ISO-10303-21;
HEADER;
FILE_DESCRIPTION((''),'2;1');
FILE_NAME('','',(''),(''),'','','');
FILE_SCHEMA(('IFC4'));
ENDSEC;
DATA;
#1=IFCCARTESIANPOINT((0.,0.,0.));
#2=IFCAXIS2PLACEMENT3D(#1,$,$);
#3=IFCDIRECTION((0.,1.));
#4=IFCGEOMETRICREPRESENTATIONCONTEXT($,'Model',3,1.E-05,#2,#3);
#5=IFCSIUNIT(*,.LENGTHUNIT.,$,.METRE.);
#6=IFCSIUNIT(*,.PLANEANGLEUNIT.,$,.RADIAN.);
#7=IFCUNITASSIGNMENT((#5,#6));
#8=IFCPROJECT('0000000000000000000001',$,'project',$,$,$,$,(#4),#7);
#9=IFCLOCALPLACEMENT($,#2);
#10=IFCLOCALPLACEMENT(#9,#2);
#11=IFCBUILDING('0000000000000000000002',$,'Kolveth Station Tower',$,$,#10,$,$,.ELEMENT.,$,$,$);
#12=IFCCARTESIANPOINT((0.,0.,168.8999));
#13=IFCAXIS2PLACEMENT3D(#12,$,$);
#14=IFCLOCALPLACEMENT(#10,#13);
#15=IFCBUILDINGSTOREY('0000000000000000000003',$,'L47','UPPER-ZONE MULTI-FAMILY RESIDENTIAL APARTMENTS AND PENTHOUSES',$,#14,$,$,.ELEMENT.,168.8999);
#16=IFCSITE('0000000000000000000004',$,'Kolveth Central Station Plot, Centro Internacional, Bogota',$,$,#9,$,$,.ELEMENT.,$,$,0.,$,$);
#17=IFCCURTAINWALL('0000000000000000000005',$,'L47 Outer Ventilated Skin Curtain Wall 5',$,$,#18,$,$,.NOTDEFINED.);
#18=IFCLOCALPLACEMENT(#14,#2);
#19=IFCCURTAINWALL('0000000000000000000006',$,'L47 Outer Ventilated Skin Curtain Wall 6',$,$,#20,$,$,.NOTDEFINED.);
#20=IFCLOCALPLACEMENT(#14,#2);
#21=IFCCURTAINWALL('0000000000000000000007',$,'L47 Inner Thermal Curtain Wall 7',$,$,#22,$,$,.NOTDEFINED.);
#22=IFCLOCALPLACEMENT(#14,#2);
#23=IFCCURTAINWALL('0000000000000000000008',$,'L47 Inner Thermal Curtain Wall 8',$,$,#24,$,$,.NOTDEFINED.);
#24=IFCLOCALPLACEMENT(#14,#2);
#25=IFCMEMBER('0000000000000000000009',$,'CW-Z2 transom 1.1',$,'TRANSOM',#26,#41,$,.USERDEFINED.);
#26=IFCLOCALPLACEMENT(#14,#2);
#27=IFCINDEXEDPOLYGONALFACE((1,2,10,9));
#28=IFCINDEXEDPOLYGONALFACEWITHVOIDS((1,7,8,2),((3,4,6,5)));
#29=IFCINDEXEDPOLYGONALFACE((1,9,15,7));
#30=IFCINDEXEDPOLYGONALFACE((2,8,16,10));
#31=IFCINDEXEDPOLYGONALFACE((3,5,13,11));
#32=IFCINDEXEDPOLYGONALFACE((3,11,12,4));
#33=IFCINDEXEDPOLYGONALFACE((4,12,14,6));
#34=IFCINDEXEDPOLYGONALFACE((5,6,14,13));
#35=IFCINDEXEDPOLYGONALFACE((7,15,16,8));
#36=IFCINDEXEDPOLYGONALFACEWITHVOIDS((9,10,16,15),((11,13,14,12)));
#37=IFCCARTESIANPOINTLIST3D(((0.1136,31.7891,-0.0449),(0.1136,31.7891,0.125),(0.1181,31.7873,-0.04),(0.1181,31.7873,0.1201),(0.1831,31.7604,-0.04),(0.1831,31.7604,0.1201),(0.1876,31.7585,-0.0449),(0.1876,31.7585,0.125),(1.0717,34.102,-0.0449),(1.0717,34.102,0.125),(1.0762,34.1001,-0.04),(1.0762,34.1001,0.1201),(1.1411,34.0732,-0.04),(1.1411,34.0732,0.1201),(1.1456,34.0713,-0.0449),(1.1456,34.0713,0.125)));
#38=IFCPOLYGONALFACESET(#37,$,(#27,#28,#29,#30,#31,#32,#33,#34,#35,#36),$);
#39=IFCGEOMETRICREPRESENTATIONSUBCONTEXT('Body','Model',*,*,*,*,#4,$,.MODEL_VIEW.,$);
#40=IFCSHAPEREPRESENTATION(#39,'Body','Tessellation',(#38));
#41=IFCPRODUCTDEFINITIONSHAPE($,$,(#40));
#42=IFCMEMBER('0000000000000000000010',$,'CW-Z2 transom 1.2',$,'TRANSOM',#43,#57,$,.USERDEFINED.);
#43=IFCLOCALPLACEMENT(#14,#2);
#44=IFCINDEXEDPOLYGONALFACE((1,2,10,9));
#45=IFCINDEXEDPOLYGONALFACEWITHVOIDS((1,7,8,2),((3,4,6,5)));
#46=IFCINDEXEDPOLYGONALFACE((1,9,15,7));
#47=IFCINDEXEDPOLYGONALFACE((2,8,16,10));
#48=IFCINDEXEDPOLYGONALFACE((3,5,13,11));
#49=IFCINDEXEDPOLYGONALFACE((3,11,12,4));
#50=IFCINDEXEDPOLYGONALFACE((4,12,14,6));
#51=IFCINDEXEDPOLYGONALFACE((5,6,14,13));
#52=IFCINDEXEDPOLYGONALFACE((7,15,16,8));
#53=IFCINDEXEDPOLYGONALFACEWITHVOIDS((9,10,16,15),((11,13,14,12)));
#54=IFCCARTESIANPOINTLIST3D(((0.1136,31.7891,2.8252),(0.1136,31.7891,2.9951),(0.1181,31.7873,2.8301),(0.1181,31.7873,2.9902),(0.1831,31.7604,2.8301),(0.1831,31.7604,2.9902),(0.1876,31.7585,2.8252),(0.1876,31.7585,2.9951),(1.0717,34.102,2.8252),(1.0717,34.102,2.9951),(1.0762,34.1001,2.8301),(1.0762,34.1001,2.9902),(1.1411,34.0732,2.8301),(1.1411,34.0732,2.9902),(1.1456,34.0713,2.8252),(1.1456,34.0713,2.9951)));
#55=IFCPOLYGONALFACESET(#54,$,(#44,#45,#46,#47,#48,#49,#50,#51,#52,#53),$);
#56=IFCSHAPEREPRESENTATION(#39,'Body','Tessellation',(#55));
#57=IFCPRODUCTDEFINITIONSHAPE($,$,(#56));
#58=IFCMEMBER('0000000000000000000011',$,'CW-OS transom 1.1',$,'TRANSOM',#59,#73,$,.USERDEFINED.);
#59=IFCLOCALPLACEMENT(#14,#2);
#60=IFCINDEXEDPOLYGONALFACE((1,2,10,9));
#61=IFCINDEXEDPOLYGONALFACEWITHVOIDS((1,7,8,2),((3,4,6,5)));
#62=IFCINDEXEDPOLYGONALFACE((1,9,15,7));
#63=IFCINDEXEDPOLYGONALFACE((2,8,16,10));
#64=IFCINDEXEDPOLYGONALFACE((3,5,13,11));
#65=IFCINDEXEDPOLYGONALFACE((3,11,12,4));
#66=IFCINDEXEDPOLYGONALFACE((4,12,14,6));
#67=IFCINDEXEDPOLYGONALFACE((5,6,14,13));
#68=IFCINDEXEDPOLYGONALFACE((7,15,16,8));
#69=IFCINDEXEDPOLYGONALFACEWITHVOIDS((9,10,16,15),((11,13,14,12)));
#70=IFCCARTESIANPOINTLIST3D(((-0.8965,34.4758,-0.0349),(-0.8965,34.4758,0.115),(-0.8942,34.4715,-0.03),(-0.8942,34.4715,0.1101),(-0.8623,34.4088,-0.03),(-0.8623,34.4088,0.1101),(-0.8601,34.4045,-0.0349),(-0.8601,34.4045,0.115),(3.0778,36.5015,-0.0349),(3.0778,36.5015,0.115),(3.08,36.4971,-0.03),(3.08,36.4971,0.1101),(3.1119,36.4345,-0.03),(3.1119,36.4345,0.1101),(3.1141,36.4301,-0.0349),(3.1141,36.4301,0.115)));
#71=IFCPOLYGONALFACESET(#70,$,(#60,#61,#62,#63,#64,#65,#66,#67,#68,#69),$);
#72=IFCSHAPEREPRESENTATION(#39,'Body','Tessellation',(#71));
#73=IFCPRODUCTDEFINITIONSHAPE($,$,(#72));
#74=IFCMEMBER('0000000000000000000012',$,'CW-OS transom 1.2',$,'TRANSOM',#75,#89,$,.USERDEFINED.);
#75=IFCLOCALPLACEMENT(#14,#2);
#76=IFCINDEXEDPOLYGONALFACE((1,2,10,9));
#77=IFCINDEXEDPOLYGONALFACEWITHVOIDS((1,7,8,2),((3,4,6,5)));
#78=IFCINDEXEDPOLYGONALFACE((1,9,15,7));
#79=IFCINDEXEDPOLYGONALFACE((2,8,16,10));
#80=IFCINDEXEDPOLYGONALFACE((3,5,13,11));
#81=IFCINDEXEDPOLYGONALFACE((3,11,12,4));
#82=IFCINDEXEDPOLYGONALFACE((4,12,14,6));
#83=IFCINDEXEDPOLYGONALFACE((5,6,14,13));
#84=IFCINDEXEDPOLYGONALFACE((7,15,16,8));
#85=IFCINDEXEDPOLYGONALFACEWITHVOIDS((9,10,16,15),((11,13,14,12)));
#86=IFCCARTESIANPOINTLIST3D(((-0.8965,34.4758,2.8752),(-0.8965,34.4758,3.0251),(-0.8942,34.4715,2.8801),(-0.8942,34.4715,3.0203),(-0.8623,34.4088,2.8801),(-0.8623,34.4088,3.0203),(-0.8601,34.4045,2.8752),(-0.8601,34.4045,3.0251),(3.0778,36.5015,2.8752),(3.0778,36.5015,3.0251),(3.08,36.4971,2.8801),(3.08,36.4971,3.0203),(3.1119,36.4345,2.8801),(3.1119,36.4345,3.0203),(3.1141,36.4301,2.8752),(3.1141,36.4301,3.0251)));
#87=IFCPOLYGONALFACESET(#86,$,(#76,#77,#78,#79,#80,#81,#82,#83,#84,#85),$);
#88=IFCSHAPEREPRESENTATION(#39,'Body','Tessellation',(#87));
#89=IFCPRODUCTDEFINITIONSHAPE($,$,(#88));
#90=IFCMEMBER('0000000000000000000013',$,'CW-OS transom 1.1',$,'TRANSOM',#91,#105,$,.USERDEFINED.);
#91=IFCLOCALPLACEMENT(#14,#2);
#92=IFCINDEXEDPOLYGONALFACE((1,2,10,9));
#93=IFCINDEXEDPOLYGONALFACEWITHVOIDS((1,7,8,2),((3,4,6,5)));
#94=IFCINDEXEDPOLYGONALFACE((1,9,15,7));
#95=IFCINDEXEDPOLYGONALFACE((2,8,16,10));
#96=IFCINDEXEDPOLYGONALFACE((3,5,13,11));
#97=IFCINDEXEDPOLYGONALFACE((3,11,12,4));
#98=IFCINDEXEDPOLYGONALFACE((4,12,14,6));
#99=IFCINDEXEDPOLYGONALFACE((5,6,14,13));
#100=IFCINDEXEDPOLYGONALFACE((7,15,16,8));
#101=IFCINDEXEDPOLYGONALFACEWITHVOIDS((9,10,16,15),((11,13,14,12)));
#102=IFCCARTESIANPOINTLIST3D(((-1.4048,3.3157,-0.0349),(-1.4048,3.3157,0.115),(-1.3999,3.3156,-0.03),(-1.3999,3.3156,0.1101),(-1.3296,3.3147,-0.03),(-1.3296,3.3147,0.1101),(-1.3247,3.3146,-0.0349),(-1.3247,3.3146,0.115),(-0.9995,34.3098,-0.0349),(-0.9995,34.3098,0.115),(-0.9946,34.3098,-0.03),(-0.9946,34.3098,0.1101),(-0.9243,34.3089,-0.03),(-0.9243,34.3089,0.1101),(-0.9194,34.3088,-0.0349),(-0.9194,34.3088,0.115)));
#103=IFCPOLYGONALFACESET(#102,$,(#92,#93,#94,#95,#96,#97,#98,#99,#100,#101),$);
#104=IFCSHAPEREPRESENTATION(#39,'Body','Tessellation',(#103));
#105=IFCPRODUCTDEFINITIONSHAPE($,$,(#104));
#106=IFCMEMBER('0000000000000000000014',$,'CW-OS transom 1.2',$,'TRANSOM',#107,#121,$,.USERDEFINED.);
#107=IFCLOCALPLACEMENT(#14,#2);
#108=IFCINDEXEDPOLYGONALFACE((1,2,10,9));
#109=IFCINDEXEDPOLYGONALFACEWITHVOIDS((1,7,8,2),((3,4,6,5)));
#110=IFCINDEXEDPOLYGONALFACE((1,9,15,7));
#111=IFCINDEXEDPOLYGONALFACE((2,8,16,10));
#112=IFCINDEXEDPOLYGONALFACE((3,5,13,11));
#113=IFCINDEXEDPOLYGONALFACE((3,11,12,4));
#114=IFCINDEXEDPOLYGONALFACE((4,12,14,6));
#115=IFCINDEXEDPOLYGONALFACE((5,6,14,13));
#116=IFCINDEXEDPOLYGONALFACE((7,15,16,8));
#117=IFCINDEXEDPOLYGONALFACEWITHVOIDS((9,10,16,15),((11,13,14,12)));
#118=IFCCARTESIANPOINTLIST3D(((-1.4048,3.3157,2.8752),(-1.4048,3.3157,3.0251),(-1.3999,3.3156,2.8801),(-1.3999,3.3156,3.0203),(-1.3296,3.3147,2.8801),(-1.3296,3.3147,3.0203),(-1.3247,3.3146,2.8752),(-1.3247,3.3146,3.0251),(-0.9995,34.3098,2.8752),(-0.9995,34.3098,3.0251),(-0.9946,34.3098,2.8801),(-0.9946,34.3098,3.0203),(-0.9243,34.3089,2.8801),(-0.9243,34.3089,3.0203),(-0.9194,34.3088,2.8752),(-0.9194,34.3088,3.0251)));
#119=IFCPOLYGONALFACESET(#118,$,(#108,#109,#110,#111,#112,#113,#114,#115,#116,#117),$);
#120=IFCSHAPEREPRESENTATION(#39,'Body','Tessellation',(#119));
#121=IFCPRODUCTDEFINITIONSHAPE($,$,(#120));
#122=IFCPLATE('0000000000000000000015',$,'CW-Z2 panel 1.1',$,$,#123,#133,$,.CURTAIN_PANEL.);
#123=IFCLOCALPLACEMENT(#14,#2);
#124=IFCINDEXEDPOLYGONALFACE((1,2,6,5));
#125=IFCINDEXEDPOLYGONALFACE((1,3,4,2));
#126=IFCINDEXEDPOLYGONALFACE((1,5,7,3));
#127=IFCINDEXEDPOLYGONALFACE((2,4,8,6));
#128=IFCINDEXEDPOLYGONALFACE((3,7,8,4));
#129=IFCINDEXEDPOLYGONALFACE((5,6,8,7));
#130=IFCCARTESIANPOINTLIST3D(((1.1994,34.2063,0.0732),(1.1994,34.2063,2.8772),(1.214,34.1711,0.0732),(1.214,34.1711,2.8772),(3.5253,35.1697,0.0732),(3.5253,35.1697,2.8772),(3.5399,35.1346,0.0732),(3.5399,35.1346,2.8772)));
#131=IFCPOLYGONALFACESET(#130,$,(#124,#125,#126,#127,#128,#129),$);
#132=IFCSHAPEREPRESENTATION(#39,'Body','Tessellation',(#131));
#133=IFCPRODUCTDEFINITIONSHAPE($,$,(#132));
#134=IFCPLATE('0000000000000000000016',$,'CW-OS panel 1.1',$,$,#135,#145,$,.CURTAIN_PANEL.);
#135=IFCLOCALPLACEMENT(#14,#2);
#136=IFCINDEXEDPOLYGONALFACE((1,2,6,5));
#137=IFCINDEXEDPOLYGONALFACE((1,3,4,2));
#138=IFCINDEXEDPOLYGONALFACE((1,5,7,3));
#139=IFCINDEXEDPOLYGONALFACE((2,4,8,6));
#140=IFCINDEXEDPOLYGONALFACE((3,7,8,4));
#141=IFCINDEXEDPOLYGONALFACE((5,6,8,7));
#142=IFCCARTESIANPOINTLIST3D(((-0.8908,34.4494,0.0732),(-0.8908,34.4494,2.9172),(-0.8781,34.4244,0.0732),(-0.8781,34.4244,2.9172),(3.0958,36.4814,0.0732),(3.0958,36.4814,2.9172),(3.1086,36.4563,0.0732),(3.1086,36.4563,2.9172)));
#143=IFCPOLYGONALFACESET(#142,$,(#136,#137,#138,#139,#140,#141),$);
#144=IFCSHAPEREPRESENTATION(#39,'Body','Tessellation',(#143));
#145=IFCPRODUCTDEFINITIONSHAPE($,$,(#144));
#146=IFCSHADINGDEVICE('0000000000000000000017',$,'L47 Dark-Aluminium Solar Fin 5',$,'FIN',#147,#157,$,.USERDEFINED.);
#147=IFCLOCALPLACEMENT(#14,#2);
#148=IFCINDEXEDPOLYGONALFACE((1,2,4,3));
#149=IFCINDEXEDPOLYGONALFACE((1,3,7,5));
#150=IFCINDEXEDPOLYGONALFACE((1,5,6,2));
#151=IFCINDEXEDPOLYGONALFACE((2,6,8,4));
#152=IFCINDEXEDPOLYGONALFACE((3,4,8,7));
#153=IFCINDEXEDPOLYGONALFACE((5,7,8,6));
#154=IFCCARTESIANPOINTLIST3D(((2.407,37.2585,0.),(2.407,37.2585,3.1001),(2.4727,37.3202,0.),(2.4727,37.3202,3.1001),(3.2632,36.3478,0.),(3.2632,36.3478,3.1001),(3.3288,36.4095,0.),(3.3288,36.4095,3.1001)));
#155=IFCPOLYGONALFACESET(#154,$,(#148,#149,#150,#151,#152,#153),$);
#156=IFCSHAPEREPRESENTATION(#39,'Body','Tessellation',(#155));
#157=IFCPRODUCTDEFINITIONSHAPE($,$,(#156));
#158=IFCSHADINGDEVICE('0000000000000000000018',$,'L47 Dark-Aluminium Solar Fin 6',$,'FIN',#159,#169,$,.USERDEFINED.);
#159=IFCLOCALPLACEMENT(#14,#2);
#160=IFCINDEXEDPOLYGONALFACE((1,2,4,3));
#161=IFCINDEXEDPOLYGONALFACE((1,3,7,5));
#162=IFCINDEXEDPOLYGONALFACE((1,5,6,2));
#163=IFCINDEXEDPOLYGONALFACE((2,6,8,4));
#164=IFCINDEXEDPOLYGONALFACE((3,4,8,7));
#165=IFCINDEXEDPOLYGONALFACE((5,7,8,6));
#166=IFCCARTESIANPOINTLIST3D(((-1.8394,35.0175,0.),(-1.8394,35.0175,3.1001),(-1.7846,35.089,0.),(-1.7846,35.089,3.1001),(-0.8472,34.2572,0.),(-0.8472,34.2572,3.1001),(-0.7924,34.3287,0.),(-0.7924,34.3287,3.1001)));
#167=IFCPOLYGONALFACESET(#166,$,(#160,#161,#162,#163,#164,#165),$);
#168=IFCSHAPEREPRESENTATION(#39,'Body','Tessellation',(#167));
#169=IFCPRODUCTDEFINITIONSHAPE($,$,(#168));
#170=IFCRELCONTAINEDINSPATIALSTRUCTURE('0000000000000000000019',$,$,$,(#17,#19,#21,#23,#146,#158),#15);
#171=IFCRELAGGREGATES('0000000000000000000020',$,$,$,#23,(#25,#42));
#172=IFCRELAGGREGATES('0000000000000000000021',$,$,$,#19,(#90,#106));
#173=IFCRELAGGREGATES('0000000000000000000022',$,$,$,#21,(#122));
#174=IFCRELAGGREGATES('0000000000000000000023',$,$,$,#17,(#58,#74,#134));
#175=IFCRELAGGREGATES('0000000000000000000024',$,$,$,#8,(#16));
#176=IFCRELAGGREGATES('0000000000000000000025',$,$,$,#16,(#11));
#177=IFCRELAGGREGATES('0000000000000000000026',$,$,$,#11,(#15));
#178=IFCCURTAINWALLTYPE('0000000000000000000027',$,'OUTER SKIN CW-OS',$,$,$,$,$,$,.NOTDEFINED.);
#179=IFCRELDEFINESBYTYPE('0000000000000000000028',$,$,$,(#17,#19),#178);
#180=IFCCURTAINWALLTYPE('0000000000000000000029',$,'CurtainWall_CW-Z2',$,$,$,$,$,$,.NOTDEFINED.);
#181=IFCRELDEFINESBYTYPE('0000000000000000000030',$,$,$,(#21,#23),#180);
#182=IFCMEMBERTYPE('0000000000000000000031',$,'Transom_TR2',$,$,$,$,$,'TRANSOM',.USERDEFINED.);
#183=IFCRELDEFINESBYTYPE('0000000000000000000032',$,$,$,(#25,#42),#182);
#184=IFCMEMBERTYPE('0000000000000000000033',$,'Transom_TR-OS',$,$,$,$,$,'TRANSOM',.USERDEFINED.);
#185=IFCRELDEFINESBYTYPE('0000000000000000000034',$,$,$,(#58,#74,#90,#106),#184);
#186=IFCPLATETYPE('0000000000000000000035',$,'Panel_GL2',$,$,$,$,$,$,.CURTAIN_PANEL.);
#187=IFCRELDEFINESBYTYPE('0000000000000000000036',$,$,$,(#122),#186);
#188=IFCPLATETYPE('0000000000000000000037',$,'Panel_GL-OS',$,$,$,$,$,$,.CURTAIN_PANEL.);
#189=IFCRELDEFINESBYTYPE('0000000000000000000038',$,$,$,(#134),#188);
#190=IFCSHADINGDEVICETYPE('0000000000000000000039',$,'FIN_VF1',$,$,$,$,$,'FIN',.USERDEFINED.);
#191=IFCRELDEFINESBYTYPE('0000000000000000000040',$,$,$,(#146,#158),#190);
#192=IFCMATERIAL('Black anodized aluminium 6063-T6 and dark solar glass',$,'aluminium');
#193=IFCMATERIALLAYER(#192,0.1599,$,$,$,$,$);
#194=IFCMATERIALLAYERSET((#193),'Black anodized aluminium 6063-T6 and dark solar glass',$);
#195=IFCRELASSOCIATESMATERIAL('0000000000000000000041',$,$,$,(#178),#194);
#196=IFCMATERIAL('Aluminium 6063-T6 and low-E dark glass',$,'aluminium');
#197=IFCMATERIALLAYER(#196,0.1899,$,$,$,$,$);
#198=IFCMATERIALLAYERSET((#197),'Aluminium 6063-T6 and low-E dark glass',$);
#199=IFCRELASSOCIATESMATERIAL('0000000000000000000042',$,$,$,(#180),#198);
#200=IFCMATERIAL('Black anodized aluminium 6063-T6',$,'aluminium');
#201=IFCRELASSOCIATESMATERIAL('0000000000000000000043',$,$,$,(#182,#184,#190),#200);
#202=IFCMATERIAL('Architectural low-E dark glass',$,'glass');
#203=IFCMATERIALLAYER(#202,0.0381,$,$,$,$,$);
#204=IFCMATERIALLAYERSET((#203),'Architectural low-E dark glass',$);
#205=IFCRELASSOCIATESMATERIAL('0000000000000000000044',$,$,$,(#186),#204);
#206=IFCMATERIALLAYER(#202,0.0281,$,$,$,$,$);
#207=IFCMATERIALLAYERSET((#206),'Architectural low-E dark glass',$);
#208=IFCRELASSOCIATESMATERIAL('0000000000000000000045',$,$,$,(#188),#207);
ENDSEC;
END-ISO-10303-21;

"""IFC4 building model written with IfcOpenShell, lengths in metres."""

from ifc_helpers import new_model, si_unit, direction, frame, origin, origin_2d, place, context, subcontext, project, spatial, rectangle, hollow_rectangle, extrude, source, transform, mapped, material, layer, layer_set, material_profile, profile_set, type_object, element, aggregate, save


model = new_model("IFC4")

# Units and contexts
model_context = context("Model", 3, precision=1e-05, world=origin(), true_north=direction((0.0, 1.0)))
body_context = subcontext(model_context, "Body", "Model", "MODEL_VIEW")
ifc_project = project(units=[si_unit("LENGTHUNIT", "METRE"), si_unit("PLANEANGLEUNIT", "RADIAN")], contexts=[model_context])

# Site, building, storey
site_placement = place(None, origin())
site = spatial("IfcSite", under=ifc_project, at=site_placement, Name="Kolveth Central Station Plot, Centro Internacional, Bogota", CompositionType="ELEMENT", RefElevation=0.0)
building_placement = place(site_placement, origin())
building = spatial("IfcBuilding", under=site, at=building_placement, Name="Kolveth Station Tower", CompositionType="ELEMENT")
storey_placement = place(building_placement, frame((0.0, 0.0, 168.8999)))
storey = spatial("IfcBuildingStorey", under=building, at=storey_placement, Name="L47", Description="UPPER-ZONE MULTI-FAMILY RESIDENTIAL APARTMENTS AND PENTHOUSES", CompositionType="ELEMENT", Elevation=168.8999)

# Shared definitions
ifc_material_1 = material(Name="Black anodized aluminium 6063-T6 and dark solar glass", Category="aluminium")
ifc_layer_1 = layer(ifc_material_1, 0.1599)
ifc_layer_set_1 = layer_set([ifc_layer_1], Name="Black anodized aluminium 6063-T6 and dark solar glass")
curtain_wall_type_1 = type_object("IfcCurtainWallType", Name="OUTER SKIN CW-OS", PredefinedType="NOTDEFINED", material=ifc_layer_set_1)
ifc_material_2 = material(Name="Black anodized aluminium 6063-T6", Category="aluminium")

# Curtain wall
curtain_wall_1_placement = place(storey_placement, origin())
curtain_wall_1 = element("IfcCurtainWall", 1, at=curtain_wall_1_placement, inside=storey, type_object=curtain_wall_type_1, Name="L47 Outer Ventilated Skin Curtain Wall 5", PredefinedType="NOTDEFINED")

# Curtain wall
curtain_wall_2_placement = place(storey_placement, origin())
curtain_wall_2 = element("IfcCurtainWall", 2, at=curtain_wall_2_placement, inside=storey, type_object=curtain_wall_type_1, Name="L47 Outer Ventilated Skin Curtain Wall 6", PredefinedType="NOTDEFINED")
ifc_material_3 = material(Name="Aluminium 6063-T6 and low-E dark glass", Category="aluminium")
ifc_layer_2 = layer(ifc_material_3, 0.1899)
ifc_layer_set_2 = layer_set([ifc_layer_2], Name="Aluminium 6063-T6 and low-E dark glass")
curtain_wall_type_2 = type_object("IfcCurtainWallType", Name="CurtainWall_CW-Z2", PredefinedType="NOTDEFINED", material=ifc_layer_set_2)

# Curtain wall
curtain_wall_3_placement = place(storey_placement, origin())
curtain_wall_3 = element("IfcCurtainWall", 3, at=curtain_wall_3_placement, inside=storey, type_object=curtain_wall_type_2, Name="L47 Inner Thermal Curtain Wall 7", PredefinedType="NOTDEFINED")

# Curtain wall
curtain_wall_4_placement = place(storey_placement, origin())
curtain_wall_4 = element("IfcCurtainWall", 4, at=curtain_wall_4_placement, inside=storey, type_object=curtain_wall_type_2, Name="L47 Inner Thermal Curtain Wall 8", PredefinedType="NOTDEFINED")

# Members
ifc_material_profile_1 = material_profile(ifc_material_2, hollow_rectangle(XDim=0.0801, YDim=0.1699, WallThickness=0.0049, at=origin_2d()), Name="ALU-80x170x5")
ifc_profile_set_1 = profile_set([ifc_material_profile_1], Name="Black anodized aluminium 6063-T6")
member_type_1 = type_object("IfcMemberType", Name="Transom_TR2", ElementType="TRANSOM", PredefinedType="USERDEFINED", material=ifc_profile_set_1)
shared_shape_1 = source(origin(), body_context, "Body", "SweptSolid", [
    extrude(hollow_rectangle(XDim=0.0801, YDim=0.1699, WallThickness=0.0049, at=origin_2d()), origin(), (0.0, 0.0, 1.0), 2.5034),
])
member_1_placement = place(storey_placement, frame((1.1086, 34.0867, 0.04), z_axis=(-0.382696, -0.923874, 0.0), x_axis=(0.923874, -0.382696, 0.0)))
member_1 = element("IfcMember", 5, at=member_1_placement, type_object=member_type_1, Name="CW-Z2 transom 1.1", ObjectType="TRANSOM", PredefinedType="USERDEFINED", context=body_context, shape_type="MappedRepresentation", body=[
    mapped(shared_shape_1, transform((0.0, 0.0, 0.0), x_axis=(1.0, 0.0, 0.0), y_axis=(0.0, 1.0, 0.0), z_axis=(0.0, 0.0, 1.0), scale=1.0)),
])
member_2_placement = place(storey_placement, frame((1.1086, 34.0867, 2.9102), z_axis=(-0.382696, -0.923874, 0.0), x_axis=(0.923874, -0.382696, 0.0)))
member_2 = element("IfcMember", 6, at=member_2_placement, type_object=member_type_1, Name="CW-Z2 transom 1.2", ObjectType="TRANSOM", PredefinedType="USERDEFINED", context=body_context, shape_type="MappedRepresentation", body=[
    mapped(shared_shape_1, transform((0.0, 0.0, 0.0), x_axis=(1.0, 0.0, 0.0), y_axis=(0.0, 1.0, 0.0), z_axis=(0.0, 0.0, 1.0), scale=1.0)),
])
aggregate(curtain_wall_4, [member_1, member_2])
ifc_material_profile_2 = material_profile(ifc_material_2, hollow_rectangle(XDim=0.0801, YDim=0.1499, WallThickness=0.0049, at=origin_2d()), Name="ALU-80x150x5")
ifc_profile_set_2 = profile_set([ifc_material_profile_2], Name="Black anodized aluminium 6063-T6")
member_type_2 = type_object("IfcMemberType", Name="Transom_TR-OS", ElementType="TRANSOM", PredefinedType="USERDEFINED", material=ifc_profile_set_2)
shared_shape_2 = source(origin(), body_context, "Body", "SweptSolid", [
    extrude(hollow_rectangle(XDim=0.0801, YDim=0.1499, WallThickness=0.0049, at=origin_2d()), origin(), (0.0, 0.0, 1.0), 4.4607),
])
member_3_placement = place(storey_placement, frame((3.0959, 36.4658, 0.04), z_axis=(-0.890941, -0.454118, 0.0), x_axis=(0.454118, -0.890941, 0.0)))
member_3 = element("IfcMember", 7, at=member_3_placement, type_object=member_type_2, Name="CW-OS transom 1.1", ObjectType="TRANSOM", PredefinedType="USERDEFINED", context=body_context, shape_type="MappedRepresentation", body=[
    mapped(shared_shape_2, transform((0.0, 0.0, 0.0), x_axis=(1.0, 0.0, 0.0), y_axis=(0.0, 1.0, 0.0), z_axis=(0.0, 0.0, 1.0), scale=1.0)),
])
member_4_placement = place(storey_placement, frame((3.0959, 36.4658, 2.9502), z_axis=(-0.890941, -0.454118, 0.0), x_axis=(0.454118, -0.890941, 0.0)))
member_4 = element("IfcMember", 8, at=member_4_placement, type_object=member_type_2, Name="CW-OS transom 1.2", ObjectType="TRANSOM", PredefinedType="USERDEFINED", context=body_context, shape_type="MappedRepresentation", body=[
    mapped(shared_shape_2, transform((0.0, 0.0, 0.0), x_axis=(1.0, 0.0, 0.0), y_axis=(0.0, 1.0, 0.0), z_axis=(0.0, 0.0, 1.0), scale=1.0)),
])
shared_shape_3 = source(origin(), body_context, "Body", "SweptSolid", [
    extrude(hollow_rectangle(XDim=0.0801, YDim=0.1499, WallThickness=0.0049, at=origin_2d()), origin(), (0.0, 0.0, 1.0), 30.9968),
])
member_5_placement = place(storey_placement, frame((-0.9595, 34.3093, 0.04), z_axis=(-0.013075, -0.999915, 0.0), x_axis=(0.999915, -0.013075, 0.0)))
member_5 = element("IfcMember", 9, at=member_5_placement, type_object=member_type_2, Name="CW-OS transom 1.1", ObjectType="TRANSOM", PredefinedType="USERDEFINED", context=body_context, shape_type="MappedRepresentation", body=[
    mapped(shared_shape_3, transform((0.0, 0.0, 0.0), x_axis=(1.0, 0.0, 0.0), y_axis=(0.0, 1.0, 0.0), z_axis=(0.0, 0.0, 1.0), scale=1.0)),
])
member_6_placement = place(storey_placement, frame((-0.9595, 34.3093, 2.9502), z_axis=(-0.013075, -0.999915, 0.0), x_axis=(0.999915, -0.013075, 0.0)))
member_6 = element("IfcMember", 10, at=member_6_placement, type_object=member_type_2, Name="CW-OS transom 1.2", ObjectType="TRANSOM", PredefinedType="USERDEFINED", context=body_context, shape_type="MappedRepresentation", body=[
    mapped(shared_shape_3, transform((0.0, 0.0, 0.0), x_axis=(1.0, 0.0, 0.0), y_axis=(0.0, 1.0, 0.0), z_axis=(0.0, 0.0, 1.0), scale=1.0)),
])
aggregate(curtain_wall_2, [member_5, member_6])

# Plates
ifc_material_4 = material(Name="Architectural low-E dark glass", Category="glass")
ifc_layer_3 = layer(ifc_material_4, 0.0381)
ifc_layer_set_3 = layer_set([ifc_layer_3], Name="Architectural low-E dark glass")
plate_type_1 = type_object("IfcPlateType", Name="Panel_GL2", PredefinedType="CURTAIN_PANEL", material=ifc_layer_set_3)
shared_shape_4 = source(origin(), body_context, "Body", "SweptSolid", [
    extrude(rectangle(XDim=2.5176, YDim=0.0381, at=origin_2d()), origin(), (0.0, 0.0, 1.0), 2.804),
])
plate_1_placement = place(storey_placement, frame((2.3696, 34.6704, 0.0732), z_axis=(0.0, 0.0, 1.0), x_axis=(-0.923874, -0.382698, 0.0)))
plate_1 = element("IfcPlate", 11, at=plate_1_placement, type_object=plate_type_1, Name="CW-Z2 panel 1.1", PredefinedType="CURTAIN_PANEL", context=body_context, shape_type="MappedRepresentation", body=[
    mapped(shared_shape_4, transform((0.0, 0.0, 0.0), x_axis=(1.0, 0.0, 0.0), y_axis=(0.0, 1.0, 0.0), z_axis=(0.0, 0.0, 1.0), scale=1.0)),
])
aggregate(curtain_wall_3, [plate_1])
ifc_layer_4 = layer(ifc_material_4, 0.0281)
ifc_layer_set_4 = layer_set([ifc_layer_4], Name="Architectural low-E dark glass")
plate_type_2 = type_object("IfcPlateType", Name="Panel_GL-OS", PredefinedType="CURTAIN_PANEL", material=ifc_layer_set_4)
shared_shape_5 = source(origin(), body_context, "Body", "SweptSolid", [
    extrude(rectangle(XDim=4.4746, YDim=0.0281, at=origin_2d()), origin(), (0.0, 0.0, 1.0), 2.844),
])
plate_2_placement = place(storey_placement, frame((1.1089, 35.4529, 0.0732), z_axis=(0.0, 0.0, 1.0), x_axis=(-0.890948, -0.454105, 0.0)))
plate_2 = element("IfcPlate", 12, at=plate_2_placement, type_object=plate_type_2, Name="CW-OS panel 1.1", PredefinedType="CURTAIN_PANEL", context=body_context, shape_type="MappedRepresentation", body=[
    mapped(shared_shape_5, transform((0.0, 0.0, 0.0), x_axis=(1.0, 0.0, 0.0), y_axis=(0.0, 1.0, 0.0), z_axis=(0.0, 0.0, 1.0), scale=1.0)),
])
aggregate(curtain_wall_1, [member_3, member_4, plate_2])

# Shading devices
shading_device_type = type_object("IfcShadingDeviceType", Name="FIN_VF1", ElementType="FIN", PredefinedType="USERDEFINED", material=ifc_material_2)
shared_shape_6 = source(origin(), body_context, "Body", "SweptSolid", [
    extrude(rectangle(XDim=1.25, YDim=0.0901, at=origin_2d()), origin(), (0.0, 0.0, 1.0), 3.1001),
])
for number, where, z_axis, x_axis, name in (
    (13, (2.8679, 36.834, 0.0), (0.0, 0.0, 1.0), (-0.684929, 0.72861, 0.0), "L47 Dark-Aluminium Solar Fin 5"),
    (14, (-1.3159, 34.6731, 0.0), (0.0, 0.0, 1.0), (-0.793778, 0.608207, 0.0), "L47 Dark-Aluminium Solar Fin 6"),
):
    element("IfcShadingDevice", number, at=place(storey_placement, frame(where, z_axis=z_axis, x_axis=x_axis)), inside=storey, type_object=shading_device_type, Name=name, ObjectType="FIN", PredefinedType="USERDEFINED", context=body_context, shape_type="MappedRepresentation", body=[
        mapped(shared_shape_6, transform((0.0, 0.0, 0.0), x_axis=(1.0, 0.0, 0.0), y_axis=(0.0, 1.0, 0.0), z_axis=(0.0, 0.0, 1.0), scale=1.0)),
    ])

save(model, "model.ifc")
